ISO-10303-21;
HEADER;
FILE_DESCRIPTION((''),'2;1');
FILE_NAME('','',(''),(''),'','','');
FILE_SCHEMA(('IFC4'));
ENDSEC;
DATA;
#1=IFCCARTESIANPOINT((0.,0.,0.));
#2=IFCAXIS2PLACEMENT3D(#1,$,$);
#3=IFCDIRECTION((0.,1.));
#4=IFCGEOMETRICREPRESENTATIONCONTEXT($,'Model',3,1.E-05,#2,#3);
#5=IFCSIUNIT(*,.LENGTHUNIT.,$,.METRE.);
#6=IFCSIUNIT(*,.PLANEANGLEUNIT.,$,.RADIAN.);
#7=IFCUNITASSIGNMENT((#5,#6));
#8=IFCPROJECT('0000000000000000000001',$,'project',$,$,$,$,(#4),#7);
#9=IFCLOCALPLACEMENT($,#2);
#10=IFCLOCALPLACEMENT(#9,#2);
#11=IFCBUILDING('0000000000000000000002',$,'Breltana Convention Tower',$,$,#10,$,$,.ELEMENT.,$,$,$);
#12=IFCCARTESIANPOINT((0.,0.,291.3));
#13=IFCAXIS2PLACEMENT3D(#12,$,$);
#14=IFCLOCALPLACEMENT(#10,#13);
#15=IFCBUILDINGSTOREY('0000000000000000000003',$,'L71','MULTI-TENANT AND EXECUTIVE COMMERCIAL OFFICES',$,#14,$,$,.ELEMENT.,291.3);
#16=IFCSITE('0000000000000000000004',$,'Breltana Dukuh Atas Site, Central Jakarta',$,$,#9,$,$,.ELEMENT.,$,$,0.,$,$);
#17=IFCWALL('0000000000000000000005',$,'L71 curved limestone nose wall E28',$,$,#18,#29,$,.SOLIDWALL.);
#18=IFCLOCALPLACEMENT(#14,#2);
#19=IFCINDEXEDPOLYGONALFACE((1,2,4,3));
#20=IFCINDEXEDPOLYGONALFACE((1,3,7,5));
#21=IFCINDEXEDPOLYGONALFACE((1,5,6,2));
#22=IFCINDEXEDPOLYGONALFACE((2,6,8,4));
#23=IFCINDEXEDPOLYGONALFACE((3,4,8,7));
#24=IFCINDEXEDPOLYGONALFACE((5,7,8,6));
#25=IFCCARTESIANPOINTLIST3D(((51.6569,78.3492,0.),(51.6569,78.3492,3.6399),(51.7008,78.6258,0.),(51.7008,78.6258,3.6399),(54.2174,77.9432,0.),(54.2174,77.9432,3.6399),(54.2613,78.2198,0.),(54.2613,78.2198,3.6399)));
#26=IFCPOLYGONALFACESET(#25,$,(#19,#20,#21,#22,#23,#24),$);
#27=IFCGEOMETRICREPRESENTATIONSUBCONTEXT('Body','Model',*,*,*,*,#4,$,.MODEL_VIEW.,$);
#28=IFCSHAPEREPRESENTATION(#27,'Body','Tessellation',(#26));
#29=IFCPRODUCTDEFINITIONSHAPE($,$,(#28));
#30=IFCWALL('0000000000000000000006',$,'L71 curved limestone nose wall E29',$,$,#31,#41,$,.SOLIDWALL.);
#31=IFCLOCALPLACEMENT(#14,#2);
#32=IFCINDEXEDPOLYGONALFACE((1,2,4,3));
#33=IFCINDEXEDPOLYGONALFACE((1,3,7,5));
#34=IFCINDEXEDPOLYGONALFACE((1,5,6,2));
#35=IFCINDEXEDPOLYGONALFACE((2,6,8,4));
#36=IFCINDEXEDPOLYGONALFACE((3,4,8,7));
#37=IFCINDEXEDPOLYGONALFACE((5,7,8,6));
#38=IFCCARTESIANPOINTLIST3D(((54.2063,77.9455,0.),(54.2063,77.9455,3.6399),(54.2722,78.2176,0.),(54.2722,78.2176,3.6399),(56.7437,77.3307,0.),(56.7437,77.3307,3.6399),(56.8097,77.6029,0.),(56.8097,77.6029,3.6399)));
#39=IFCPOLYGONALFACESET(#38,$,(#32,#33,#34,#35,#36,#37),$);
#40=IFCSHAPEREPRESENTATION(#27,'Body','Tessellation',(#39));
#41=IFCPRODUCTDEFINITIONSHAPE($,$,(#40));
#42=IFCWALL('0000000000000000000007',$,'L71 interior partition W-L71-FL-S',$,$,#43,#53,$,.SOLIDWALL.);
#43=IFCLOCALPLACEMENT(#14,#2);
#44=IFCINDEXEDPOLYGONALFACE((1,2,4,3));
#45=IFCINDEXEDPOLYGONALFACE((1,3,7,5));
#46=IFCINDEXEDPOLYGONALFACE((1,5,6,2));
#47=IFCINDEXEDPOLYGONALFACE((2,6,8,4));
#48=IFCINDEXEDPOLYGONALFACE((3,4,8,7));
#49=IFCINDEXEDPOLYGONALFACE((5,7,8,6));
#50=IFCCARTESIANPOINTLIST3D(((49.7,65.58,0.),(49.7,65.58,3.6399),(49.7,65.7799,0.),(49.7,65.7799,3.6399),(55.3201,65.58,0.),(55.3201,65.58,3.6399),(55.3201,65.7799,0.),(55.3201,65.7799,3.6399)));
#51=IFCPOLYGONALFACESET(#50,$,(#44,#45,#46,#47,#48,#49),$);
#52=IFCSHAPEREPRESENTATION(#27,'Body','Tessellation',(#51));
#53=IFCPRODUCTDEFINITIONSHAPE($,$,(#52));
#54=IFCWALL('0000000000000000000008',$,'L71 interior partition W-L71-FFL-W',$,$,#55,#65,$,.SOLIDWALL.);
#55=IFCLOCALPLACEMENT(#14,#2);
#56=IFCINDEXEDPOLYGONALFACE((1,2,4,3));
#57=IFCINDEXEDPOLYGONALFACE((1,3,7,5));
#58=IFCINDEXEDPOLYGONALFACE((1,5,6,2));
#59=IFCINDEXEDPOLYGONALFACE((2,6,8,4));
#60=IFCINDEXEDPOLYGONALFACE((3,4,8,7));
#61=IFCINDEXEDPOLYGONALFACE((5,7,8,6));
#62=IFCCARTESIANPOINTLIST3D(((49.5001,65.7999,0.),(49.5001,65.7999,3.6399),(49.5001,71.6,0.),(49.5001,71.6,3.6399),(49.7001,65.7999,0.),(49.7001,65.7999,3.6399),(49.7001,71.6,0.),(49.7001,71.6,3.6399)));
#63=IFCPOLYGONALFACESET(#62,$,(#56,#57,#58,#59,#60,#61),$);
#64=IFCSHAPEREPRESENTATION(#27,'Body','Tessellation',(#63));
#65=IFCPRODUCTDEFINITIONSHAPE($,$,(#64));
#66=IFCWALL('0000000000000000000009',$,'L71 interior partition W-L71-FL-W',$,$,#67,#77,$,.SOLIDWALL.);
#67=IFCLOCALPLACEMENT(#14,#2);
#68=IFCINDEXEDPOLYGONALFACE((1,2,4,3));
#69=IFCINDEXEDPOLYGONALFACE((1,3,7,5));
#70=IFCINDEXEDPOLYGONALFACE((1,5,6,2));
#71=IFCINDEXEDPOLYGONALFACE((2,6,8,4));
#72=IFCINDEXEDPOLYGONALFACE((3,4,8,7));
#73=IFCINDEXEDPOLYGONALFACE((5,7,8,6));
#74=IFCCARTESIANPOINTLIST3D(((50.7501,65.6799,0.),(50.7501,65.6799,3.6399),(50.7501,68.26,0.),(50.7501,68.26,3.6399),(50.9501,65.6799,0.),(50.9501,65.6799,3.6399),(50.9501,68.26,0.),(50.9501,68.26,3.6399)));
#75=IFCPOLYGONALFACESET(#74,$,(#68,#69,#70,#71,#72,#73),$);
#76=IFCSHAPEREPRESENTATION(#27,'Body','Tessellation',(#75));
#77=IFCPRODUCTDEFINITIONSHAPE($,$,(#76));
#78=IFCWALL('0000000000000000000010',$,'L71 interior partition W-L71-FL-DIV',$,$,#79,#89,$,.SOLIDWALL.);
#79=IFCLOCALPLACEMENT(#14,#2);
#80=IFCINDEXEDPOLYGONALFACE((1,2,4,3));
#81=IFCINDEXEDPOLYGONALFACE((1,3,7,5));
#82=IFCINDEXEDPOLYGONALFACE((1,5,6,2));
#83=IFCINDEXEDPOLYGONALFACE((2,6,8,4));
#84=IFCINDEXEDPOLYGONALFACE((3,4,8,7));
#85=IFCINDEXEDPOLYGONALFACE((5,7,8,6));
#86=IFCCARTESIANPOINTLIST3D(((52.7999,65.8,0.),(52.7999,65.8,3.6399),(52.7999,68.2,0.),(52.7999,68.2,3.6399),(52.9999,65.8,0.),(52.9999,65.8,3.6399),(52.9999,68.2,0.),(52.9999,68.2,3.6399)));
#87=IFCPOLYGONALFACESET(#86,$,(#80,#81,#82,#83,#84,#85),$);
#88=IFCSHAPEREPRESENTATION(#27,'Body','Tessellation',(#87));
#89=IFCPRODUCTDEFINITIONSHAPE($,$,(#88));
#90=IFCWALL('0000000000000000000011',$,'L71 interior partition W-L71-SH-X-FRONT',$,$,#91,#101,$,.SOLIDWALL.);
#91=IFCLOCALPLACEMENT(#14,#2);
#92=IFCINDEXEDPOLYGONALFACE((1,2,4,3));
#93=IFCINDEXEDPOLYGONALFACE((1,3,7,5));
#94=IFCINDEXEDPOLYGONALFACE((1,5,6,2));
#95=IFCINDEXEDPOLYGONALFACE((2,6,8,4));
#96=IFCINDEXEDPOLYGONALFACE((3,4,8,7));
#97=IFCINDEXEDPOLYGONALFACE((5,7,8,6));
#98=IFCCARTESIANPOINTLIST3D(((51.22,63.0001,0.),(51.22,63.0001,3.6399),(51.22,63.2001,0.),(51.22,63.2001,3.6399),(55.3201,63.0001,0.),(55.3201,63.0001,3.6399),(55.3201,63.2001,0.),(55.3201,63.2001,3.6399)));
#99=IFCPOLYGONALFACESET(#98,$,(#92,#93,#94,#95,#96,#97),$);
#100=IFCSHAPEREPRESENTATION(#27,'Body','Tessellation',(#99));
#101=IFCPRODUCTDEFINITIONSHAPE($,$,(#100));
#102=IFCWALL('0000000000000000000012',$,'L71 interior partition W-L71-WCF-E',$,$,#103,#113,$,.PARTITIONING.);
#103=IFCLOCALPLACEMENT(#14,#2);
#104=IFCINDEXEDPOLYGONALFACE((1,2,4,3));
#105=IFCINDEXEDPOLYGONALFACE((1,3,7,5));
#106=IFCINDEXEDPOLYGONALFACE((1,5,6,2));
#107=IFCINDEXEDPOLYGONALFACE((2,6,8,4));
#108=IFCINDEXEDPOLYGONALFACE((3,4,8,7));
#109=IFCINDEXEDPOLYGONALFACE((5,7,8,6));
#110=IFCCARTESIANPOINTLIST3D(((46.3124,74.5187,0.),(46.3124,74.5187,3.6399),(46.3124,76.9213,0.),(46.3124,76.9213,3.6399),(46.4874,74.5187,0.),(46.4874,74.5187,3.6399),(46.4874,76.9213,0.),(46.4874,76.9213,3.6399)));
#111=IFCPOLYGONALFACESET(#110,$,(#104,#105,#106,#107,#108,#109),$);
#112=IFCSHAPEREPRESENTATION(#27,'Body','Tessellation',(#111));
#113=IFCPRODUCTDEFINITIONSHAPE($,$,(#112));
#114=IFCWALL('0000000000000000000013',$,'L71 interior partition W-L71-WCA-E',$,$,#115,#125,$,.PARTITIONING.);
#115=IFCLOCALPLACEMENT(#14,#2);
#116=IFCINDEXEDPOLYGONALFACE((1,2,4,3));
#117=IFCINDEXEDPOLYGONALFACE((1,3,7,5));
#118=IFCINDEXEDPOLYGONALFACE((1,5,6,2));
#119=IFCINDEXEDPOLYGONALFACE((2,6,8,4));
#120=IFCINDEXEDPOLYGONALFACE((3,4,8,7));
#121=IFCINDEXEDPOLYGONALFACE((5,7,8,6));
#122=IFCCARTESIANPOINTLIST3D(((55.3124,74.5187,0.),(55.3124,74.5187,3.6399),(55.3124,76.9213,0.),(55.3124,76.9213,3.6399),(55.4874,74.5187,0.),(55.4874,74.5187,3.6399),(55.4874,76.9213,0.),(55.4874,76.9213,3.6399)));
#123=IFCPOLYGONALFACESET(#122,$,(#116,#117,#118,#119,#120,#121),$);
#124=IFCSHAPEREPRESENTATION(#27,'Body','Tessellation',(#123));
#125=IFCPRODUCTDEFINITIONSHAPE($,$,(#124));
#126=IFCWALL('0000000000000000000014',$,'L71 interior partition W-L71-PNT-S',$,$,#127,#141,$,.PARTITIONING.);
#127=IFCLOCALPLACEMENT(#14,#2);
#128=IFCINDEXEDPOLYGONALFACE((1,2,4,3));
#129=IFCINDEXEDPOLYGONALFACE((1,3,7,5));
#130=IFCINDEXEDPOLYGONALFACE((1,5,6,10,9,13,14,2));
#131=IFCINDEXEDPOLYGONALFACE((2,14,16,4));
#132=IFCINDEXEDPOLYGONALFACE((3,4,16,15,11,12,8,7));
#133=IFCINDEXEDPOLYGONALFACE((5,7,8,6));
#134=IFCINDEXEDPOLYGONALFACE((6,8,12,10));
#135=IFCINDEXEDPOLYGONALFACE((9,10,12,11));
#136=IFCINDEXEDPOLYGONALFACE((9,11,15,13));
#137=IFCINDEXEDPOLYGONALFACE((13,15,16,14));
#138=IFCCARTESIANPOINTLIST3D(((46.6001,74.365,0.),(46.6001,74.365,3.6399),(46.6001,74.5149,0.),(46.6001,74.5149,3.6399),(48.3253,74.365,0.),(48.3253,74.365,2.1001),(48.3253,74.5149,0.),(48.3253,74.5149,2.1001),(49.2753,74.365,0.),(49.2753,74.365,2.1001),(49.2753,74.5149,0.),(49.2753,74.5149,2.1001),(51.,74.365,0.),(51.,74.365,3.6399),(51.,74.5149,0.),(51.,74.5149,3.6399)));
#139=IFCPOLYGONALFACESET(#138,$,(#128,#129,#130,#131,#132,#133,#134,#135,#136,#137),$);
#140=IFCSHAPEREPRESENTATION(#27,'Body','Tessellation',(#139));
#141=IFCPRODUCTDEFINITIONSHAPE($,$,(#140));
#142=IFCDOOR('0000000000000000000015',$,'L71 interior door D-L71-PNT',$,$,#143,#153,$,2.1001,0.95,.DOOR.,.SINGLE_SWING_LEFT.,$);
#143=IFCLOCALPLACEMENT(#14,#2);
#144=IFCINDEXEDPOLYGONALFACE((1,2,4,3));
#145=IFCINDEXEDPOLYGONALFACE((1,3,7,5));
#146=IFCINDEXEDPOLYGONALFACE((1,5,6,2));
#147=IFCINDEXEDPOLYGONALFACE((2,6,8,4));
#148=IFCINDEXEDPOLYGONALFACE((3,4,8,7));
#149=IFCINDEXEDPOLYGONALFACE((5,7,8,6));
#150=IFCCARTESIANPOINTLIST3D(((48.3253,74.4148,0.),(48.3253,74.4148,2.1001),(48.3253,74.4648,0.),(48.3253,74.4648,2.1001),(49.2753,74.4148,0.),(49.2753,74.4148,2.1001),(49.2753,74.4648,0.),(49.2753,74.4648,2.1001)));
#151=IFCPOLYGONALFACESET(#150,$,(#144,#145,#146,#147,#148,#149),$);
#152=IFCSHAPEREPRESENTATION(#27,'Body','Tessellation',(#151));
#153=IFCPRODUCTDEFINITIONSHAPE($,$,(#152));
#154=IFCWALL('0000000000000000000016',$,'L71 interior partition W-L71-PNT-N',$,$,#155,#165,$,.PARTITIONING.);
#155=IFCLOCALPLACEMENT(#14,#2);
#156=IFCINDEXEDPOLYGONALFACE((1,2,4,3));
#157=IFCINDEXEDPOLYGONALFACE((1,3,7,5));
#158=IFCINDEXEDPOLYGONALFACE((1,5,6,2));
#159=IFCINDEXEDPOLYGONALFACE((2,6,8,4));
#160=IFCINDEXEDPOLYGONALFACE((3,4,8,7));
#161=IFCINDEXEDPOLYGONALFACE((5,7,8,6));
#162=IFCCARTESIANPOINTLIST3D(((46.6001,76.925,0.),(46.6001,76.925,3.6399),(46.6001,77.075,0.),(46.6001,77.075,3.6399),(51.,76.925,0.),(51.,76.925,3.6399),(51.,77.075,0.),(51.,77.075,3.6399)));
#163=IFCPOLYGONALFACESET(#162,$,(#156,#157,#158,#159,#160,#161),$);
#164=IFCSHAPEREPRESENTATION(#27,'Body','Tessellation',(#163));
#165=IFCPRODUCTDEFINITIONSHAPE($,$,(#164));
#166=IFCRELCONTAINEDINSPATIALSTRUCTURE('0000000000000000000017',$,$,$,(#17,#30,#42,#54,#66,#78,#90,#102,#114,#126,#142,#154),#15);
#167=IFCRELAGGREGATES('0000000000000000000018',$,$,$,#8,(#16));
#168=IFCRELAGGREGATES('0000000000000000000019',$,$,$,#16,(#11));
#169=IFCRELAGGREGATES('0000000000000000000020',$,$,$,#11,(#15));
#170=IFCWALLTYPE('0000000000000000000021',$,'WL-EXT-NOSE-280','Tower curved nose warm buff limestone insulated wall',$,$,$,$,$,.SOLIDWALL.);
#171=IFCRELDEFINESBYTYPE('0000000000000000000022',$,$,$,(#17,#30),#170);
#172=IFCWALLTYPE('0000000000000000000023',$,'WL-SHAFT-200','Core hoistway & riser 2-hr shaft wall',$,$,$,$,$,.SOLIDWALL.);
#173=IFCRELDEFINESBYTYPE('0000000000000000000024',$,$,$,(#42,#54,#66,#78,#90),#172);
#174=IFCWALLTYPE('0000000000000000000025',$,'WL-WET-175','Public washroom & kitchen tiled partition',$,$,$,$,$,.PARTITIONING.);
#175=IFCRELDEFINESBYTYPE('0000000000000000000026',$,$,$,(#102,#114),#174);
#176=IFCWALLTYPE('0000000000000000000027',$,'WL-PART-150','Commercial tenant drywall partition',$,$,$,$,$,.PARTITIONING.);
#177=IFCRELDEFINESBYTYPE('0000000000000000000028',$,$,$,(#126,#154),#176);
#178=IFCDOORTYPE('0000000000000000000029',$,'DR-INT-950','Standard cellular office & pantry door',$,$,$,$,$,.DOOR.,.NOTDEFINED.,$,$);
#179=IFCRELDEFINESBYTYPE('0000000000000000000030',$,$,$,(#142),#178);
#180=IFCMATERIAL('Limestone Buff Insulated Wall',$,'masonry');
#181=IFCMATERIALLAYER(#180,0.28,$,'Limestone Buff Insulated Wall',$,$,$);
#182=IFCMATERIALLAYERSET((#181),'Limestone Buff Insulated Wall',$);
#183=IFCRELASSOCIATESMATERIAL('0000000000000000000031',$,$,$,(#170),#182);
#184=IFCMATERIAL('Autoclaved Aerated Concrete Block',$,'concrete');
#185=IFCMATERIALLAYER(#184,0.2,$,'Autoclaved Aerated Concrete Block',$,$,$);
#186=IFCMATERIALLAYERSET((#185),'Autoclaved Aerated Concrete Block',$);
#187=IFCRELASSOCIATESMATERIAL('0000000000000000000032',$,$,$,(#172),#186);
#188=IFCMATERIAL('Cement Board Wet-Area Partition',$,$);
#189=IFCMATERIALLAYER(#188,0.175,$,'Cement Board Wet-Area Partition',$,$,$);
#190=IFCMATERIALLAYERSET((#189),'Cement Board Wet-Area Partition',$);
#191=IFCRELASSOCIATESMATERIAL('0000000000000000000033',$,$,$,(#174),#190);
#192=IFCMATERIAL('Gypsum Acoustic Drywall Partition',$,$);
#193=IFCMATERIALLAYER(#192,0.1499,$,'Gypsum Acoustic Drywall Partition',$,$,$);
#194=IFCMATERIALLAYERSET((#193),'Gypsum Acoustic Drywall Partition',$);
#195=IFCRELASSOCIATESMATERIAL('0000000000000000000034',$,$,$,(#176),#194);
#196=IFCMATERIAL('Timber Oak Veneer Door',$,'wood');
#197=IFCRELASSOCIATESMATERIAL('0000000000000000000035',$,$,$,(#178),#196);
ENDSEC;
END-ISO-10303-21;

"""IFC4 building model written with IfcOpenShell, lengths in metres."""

from ifc_helpers import new_model, si_unit, direction, frame, frame_2d, origin, place, context, subcontext, project, spatial, rectangle, extrude, source, transform, mapped, material, layer, layer_set, type_object, type_shapes, element, fill, save


model = new_model("IFC4")

# Units and contexts
model_context = context("Model", 3, precision=1e-05, world=origin(), true_north=direction((0.0, 1.0)))
body_context = subcontext(model_context, "Body", "Model", "MODEL_VIEW")
ifc_project = project(units=[si_unit("LENGTHUNIT", "METRE"), si_unit("PLANEANGLEUNIT", "RADIAN")], contexts=[model_context])

# Site, building, storey
site_placement = place(None, origin())
site = spatial("IfcSite", under=ifc_project, at=site_placement, Name="Breltana Dukuh Atas Site, Central Jakarta", CompositionType="ELEMENT", RefElevation=0.0)
building_placement = place(site_placement, origin())
building = spatial("IfcBuilding", under=site, at=building_placement, Name="Breltana Convention Tower", CompositionType="ELEMENT")
storey_placement = place(building_placement, frame((0.0, 0.0, 291.3)))
storey = spatial("IfcBuildingStorey", under=building, at=storey_placement, Name="L71", Description="MULTI-TENANT AND EXECUTIVE COMMERCIAL OFFICES", CompositionType="ELEMENT", Elevation=291.3)

# Walls
ifc_material_1 = material(Name="Limestone Buff Insulated Wall", Category="masonry")
ifc_layer_1 = layer(ifc_material_1, 0.28, Name="Limestone Buff Insulated Wall")
ifc_layer_set_1 = layer_set([ifc_layer_1], Name="Limestone Buff Insulated Wall")
wall_type_1 = type_object("IfcWallType", Name="WL-EXT-NOSE-280", Description="Tower curved nose warm buff limestone insulated wall", PredefinedType="SOLIDWALL", material=ifc_layer_set_1)
shared_shape_1 = source(origin(), body_context, "Body", "SweptSolid", [
    extrude(rectangle(XDim=2.5925, YDim=0.28, at=frame_2d((1.2964, 0.0))), origin(), (0.0, 0.0, 1.0), 3.6399),
])
wall_1_placement = place(storey_placement, frame((51.6787, 78.4875, 0.0), z_axis=(0.0, 0.0, 1.0), x_axis=(0.987661, -0.156606, 0.0)))
element("IfcWall", 1, at=wall_1_placement, inside=storey, type_object=wall_type_1, Name="L71 curved limestone nose wall E28", PredefinedType="SOLIDWALL", context=body_context, shape_type="MappedRepresentation", body=[
    mapped(shared_shape_1, transform((0.0, 0.0, 0.0), scale=1.0)),
])
shared_shape_2 = source(origin(), body_context, "Body", "SweptSolid", [
    extrude(rectangle(XDim=2.6108, YDim=0.28, at=frame_2d((1.3054, 0.0))), origin(), (0.0, 0.0, 1.0), 3.6399),
])
wall_2_placement = place(storey_placement, frame((54.2393, 78.0815, 0.0), z_axis=(0.0, 0.0, 1.0), x_axis=(0.971883, -0.235466, 0.0)))
element("IfcWall", 2, at=wall_2_placement, inside=storey, type_object=wall_type_1, Name="L71 curved limestone nose wall E29", PredefinedType="SOLIDWALL", context=body_context, shape_type="MappedRepresentation", body=[
    mapped(shared_shape_2, transform((0.0, 0.0, 0.0), scale=1.0)),
])

# Shared definitions
ifc_material_2 = material(Name="Autoclaved Aerated Concrete Block", Category="concrete")
ifc_layer_2 = layer(ifc_material_2, 0.2, Name="Autoclaved Aerated Concrete Block")
ifc_layer_set_2 = layer_set([ifc_layer_2], Name="Autoclaved Aerated Concrete Block")
wall_type_2 = type_object("IfcWallType", Name="WL-SHAFT-200", Description="Core hoistway & riser 2-hr shaft wall", PredefinedType="SOLIDWALL", material=ifc_layer_set_2)
shared_shape_3 = source(origin(), body_context, "Body", "SweptSolid", [
    extrude(rectangle(XDim=5.6201, YDim=0.2, at=frame_2d((2.8101, 0.0))), origin(), (0.0, 0.0, 1.0), 3.6399),
])

# Walls
wall_3_placement = place(storey_placement, frame((49.7, 65.6799, 0.0), z_axis=(0.0, 0.0, 1.0), x_axis=(1.0, 0.0, 0.0)))
element("IfcWall", 3, at=wall_3_placement, inside=storey, type_object=wall_type_2, Name="L71 interior partition W-L71-FL-S", PredefinedType="SOLIDWALL", context=body_context, shape_type="MappedRepresentation", body=[
    mapped(shared_shape_3, transform((0.0, 0.0, 0.0), scale=1.0)),
])
shared_shape_4 = source(origin(), body_context, "Body", "SweptSolid", [
    extrude(rectangle(XDim=5.8, YDim=0.2, at=frame_2d((2.8999, 0.0))), origin(), (0.0, 0.0, 1.0), 3.6399),
])
wall_4_placement = place(storey_placement, frame((49.6001, 65.8, 0.0), z_axis=(0.0, 0.0, 1.0), x_axis=(0.0, 1.0, 0.0)))
element("IfcWall", 4, at=wall_4_placement, inside=storey, type_object=wall_type_2, Name="L71 interior partition W-L71-FFL-W", PredefinedType="SOLIDWALL", context=body_context, shape_type="MappedRepresentation", body=[
    mapped(shared_shape_4, transform((0.0, 0.0, 0.0), scale=1.0)),
])
shared_shape_5 = source(origin(), body_context, "Body", "SweptSolid", [
    extrude(rectangle(XDim=2.5801, YDim=0.2, at=frame_2d((1.29, 0.0))), origin(), (0.0, 0.0, 1.0), 3.6399),
])
wall_5_placement = place(storey_placement, frame((50.8501, 65.6799, 0.0), z_axis=(0.0, 0.0, 1.0), x_axis=(0.0, 1.0, 0.0)))
element("IfcWall", 5, at=wall_5_placement, inside=storey, type_object=wall_type_2, Name="L71 interior partition W-L71-FL-W", PredefinedType="SOLIDWALL", context=body_context, shape_type="MappedRepresentation", body=[
    mapped(shared_shape_5, transform((0.0, 0.0, 0.0), scale=1.0)),
])
shared_shape_6 = source(origin(), body_context, "Body", "SweptSolid", [
    extrude(rectangle(XDim=2.3999, YDim=0.2, at=frame_2d((1.2, 0.0))), origin(), (0.0, 0.0, 1.0), 3.6399),
])
wall_6_placement = place(storey_placement, frame((52.8999, 65.8, 0.0), z_axis=(0.0, 0.0, 1.0), x_axis=(0.0, 1.0, 0.0)))
element("IfcWall", 6, at=wall_6_placement, inside=storey, type_object=wall_type_2, Name="L71 interior partition W-L71-FL-DIV", PredefinedType="SOLIDWALL", context=body_context, shape_type="MappedRepresentation", body=[
    mapped(shared_shape_6, transform((0.0, 0.0, 0.0), scale=1.0)),
])
shared_shape_7 = source(origin(), body_context, "Body", "SweptSolid", [
    extrude(rectangle(XDim=4.1001, YDim=0.2, at=frame_2d((2.05, 0.0))), origin(), (0.0, 0.0, 1.0), 3.6399),
])
wall_7_placement = place(storey_placement, frame((51.22, 63.1001, 0.0), z_axis=(0.0, 0.0, 1.0), x_axis=(1.0, 0.0, 0.0)))
element("IfcWall", 7, at=wall_7_placement, inside=storey, type_object=wall_type_2, Name="L71 interior partition W-L71-SH-X-FRONT", PredefinedType="SOLIDWALL", context=body_context, shape_type="MappedRepresentation", body=[
    mapped(shared_shape_7, transform((0.0, 0.0, 0.0), scale=1.0)),
])
ifc_material_3 = material(Name="Cement Board Wet-Area Partition")
ifc_layer_3 = layer(ifc_material_3, 0.175, Name="Cement Board Wet-Area Partition")
ifc_layer_set_3 = layer_set([ifc_layer_3], Name="Cement Board Wet-Area Partition")
wall_type_3 = type_object("IfcWallType", Name="WL-WET-175", Description="Public washroom & kitchen tiled partition", PredefinedType="PARTITIONING", material=ifc_layer_set_3)
shared_shape_8 = source(origin(), body_context, "Body", "SweptSolid", [
    extrude(rectangle(XDim=2.4026, YDim=0.175, at=frame_2d((1.2012, 0.0))), origin(), (0.0, 0.0, 1.0), 3.6399),
])
for number, where, z_axis, x_axis, name in (
    (8, (46.3999, 74.5188, 0.0), (0.0, 0.0, 1.0), (0.0, 1.0, 0.0), "L71 interior partition W-L71-WCF-E"),
    (9, (55.3999, 74.5188, 0.0), (0.0, 0.0, 1.0), (0.0, 1.0, 0.0), "L71 interior partition W-L71-WCA-E"),
):
    element("IfcWall", number, at=place(storey_placement, frame(where, z_axis=z_axis, x_axis=x_axis)), inside=storey, type_object=wall_type_3, Name=name, PredefinedType="PARTITIONING", context=body_context, shape_type="MappedRepresentation", body=[
        mapped(shared_shape_8, transform((0.0, 0.0, 0.0), scale=1.0)),
    ])

# Wall, opening, door
ifc_material_4 = material(Name="Gypsum Acoustic Drywall Partition")
ifc_layer_4 = layer(ifc_material_4, 0.1499, Name="Gypsum Acoustic Drywall Partition")
ifc_layer_set_4 = layer_set([ifc_layer_4], Name="Gypsum Acoustic Drywall Partition")
wall_type_4 = type_object("IfcWallType", Name="WL-PART-150", Description="Commercial tenant drywall partition", PredefinedType="PARTITIONING", material=ifc_layer_set_4)
shared_shape_9 = source(origin(), body_context, "Body", "SweptSolid", [
    extrude(rectangle(XDim=4.3999, YDim=0.1499, at=frame_2d((2.2, 0.0))), origin(), (0.0, 0.0, 1.0), 3.6399),
])
wall_8_placement = place(storey_placement, frame((46.6001, 74.4399, 0.0), z_axis=(0.0, 0.0, 1.0), x_axis=(1.0, 0.0, 0.0)))
wall_8 = element("IfcWall", 10, at=wall_8_placement, inside=storey, type_object=wall_type_4, Name="L71 interior partition W-L71-PNT-S", PredefinedType="PARTITIONING", context=body_context, shape_type="MappedRepresentation", body=[
    mapped(shared_shape_9, transform((0.0, 0.0, 0.0), scale=1.0)),
])
opening_1_placement = place(wall_8_placement, frame((1.7251, 0.0, 0.0)))
opening_1 = element("IfcOpeningElement", 11, at=opening_1_placement, cuts=wall_8, PredefinedType="OPENING", context=body_context, shape_type="SweptSolid", body=[
    extrude(rectangle(XDim=0.95, YDim=2.1001, at=frame_2d((0.4751, 1.05))), frame((0.0, 0.085, 0.0), z_axis=(0.0, -1.0, 0.0), x_axis=(1.0, 0.0, 0.0)), (0.0, 0.0, 1.0), 0.1699),
])
ifc_material_5 = material(Name="Timber Oak Veneer Door", Category="wood")
door_type_1 = type_object("IfcDoorType", Name="DR-INT-950", Description="Standard cellular office & pantry door", OperationType="NOTDEFINED", PredefinedType="DOOR", material=ifc_material_5)
shared_shape_10 = source(origin(), body_context, "Body", "SweptSolid", [
    extrude(rectangle(XDim=0.95, YDim=2.1001, at=frame_2d((0.4751, 1.05))), frame((0.0, 0.0249, 0.0), z_axis=(0.0, -1.0, 0.0), x_axis=(1.0, 0.0, 0.0)), (0.0, 0.0, 1.0), 0.05),
])
type_shapes(door_type_1, [shared_shape_10])
door_1_placement = place(opening_1_placement, origin())
door_1 = element("IfcDoor", 12, at=door_1_placement, inside=storey, type_object=door_type_1, Name="L71 interior door D-L71-PNT", OperationType="SINGLE_SWING_LEFT", OverallHeight=2.1001, OverallWidth=0.95, PredefinedType="DOOR", context=body_context, shape_type="MappedRepresentation", body=[
    mapped(shared_shape_10, transform((0.0, 0.0, 0.0), scale=1.0)),
])
fill(opening_1, door_1)

# Wall
wall_9_placement = place(storey_placement, frame((46.6001, 77.0, 0.0), z_axis=(0.0, 0.0, 1.0), x_axis=(1.0, 0.0, 0.0)))
element("IfcWall", 13, at=wall_9_placement, inside=storey, type_object=wall_type_4, Name="L71 interior partition W-L71-PNT-N", PredefinedType="PARTITIONING", context=body_context, shape_type="MappedRepresentation", body=[
    mapped(shared_shape_9, transform((0.0, 0.0, 0.0), scale=1.0)),
])

save(model, "model.ifc")
